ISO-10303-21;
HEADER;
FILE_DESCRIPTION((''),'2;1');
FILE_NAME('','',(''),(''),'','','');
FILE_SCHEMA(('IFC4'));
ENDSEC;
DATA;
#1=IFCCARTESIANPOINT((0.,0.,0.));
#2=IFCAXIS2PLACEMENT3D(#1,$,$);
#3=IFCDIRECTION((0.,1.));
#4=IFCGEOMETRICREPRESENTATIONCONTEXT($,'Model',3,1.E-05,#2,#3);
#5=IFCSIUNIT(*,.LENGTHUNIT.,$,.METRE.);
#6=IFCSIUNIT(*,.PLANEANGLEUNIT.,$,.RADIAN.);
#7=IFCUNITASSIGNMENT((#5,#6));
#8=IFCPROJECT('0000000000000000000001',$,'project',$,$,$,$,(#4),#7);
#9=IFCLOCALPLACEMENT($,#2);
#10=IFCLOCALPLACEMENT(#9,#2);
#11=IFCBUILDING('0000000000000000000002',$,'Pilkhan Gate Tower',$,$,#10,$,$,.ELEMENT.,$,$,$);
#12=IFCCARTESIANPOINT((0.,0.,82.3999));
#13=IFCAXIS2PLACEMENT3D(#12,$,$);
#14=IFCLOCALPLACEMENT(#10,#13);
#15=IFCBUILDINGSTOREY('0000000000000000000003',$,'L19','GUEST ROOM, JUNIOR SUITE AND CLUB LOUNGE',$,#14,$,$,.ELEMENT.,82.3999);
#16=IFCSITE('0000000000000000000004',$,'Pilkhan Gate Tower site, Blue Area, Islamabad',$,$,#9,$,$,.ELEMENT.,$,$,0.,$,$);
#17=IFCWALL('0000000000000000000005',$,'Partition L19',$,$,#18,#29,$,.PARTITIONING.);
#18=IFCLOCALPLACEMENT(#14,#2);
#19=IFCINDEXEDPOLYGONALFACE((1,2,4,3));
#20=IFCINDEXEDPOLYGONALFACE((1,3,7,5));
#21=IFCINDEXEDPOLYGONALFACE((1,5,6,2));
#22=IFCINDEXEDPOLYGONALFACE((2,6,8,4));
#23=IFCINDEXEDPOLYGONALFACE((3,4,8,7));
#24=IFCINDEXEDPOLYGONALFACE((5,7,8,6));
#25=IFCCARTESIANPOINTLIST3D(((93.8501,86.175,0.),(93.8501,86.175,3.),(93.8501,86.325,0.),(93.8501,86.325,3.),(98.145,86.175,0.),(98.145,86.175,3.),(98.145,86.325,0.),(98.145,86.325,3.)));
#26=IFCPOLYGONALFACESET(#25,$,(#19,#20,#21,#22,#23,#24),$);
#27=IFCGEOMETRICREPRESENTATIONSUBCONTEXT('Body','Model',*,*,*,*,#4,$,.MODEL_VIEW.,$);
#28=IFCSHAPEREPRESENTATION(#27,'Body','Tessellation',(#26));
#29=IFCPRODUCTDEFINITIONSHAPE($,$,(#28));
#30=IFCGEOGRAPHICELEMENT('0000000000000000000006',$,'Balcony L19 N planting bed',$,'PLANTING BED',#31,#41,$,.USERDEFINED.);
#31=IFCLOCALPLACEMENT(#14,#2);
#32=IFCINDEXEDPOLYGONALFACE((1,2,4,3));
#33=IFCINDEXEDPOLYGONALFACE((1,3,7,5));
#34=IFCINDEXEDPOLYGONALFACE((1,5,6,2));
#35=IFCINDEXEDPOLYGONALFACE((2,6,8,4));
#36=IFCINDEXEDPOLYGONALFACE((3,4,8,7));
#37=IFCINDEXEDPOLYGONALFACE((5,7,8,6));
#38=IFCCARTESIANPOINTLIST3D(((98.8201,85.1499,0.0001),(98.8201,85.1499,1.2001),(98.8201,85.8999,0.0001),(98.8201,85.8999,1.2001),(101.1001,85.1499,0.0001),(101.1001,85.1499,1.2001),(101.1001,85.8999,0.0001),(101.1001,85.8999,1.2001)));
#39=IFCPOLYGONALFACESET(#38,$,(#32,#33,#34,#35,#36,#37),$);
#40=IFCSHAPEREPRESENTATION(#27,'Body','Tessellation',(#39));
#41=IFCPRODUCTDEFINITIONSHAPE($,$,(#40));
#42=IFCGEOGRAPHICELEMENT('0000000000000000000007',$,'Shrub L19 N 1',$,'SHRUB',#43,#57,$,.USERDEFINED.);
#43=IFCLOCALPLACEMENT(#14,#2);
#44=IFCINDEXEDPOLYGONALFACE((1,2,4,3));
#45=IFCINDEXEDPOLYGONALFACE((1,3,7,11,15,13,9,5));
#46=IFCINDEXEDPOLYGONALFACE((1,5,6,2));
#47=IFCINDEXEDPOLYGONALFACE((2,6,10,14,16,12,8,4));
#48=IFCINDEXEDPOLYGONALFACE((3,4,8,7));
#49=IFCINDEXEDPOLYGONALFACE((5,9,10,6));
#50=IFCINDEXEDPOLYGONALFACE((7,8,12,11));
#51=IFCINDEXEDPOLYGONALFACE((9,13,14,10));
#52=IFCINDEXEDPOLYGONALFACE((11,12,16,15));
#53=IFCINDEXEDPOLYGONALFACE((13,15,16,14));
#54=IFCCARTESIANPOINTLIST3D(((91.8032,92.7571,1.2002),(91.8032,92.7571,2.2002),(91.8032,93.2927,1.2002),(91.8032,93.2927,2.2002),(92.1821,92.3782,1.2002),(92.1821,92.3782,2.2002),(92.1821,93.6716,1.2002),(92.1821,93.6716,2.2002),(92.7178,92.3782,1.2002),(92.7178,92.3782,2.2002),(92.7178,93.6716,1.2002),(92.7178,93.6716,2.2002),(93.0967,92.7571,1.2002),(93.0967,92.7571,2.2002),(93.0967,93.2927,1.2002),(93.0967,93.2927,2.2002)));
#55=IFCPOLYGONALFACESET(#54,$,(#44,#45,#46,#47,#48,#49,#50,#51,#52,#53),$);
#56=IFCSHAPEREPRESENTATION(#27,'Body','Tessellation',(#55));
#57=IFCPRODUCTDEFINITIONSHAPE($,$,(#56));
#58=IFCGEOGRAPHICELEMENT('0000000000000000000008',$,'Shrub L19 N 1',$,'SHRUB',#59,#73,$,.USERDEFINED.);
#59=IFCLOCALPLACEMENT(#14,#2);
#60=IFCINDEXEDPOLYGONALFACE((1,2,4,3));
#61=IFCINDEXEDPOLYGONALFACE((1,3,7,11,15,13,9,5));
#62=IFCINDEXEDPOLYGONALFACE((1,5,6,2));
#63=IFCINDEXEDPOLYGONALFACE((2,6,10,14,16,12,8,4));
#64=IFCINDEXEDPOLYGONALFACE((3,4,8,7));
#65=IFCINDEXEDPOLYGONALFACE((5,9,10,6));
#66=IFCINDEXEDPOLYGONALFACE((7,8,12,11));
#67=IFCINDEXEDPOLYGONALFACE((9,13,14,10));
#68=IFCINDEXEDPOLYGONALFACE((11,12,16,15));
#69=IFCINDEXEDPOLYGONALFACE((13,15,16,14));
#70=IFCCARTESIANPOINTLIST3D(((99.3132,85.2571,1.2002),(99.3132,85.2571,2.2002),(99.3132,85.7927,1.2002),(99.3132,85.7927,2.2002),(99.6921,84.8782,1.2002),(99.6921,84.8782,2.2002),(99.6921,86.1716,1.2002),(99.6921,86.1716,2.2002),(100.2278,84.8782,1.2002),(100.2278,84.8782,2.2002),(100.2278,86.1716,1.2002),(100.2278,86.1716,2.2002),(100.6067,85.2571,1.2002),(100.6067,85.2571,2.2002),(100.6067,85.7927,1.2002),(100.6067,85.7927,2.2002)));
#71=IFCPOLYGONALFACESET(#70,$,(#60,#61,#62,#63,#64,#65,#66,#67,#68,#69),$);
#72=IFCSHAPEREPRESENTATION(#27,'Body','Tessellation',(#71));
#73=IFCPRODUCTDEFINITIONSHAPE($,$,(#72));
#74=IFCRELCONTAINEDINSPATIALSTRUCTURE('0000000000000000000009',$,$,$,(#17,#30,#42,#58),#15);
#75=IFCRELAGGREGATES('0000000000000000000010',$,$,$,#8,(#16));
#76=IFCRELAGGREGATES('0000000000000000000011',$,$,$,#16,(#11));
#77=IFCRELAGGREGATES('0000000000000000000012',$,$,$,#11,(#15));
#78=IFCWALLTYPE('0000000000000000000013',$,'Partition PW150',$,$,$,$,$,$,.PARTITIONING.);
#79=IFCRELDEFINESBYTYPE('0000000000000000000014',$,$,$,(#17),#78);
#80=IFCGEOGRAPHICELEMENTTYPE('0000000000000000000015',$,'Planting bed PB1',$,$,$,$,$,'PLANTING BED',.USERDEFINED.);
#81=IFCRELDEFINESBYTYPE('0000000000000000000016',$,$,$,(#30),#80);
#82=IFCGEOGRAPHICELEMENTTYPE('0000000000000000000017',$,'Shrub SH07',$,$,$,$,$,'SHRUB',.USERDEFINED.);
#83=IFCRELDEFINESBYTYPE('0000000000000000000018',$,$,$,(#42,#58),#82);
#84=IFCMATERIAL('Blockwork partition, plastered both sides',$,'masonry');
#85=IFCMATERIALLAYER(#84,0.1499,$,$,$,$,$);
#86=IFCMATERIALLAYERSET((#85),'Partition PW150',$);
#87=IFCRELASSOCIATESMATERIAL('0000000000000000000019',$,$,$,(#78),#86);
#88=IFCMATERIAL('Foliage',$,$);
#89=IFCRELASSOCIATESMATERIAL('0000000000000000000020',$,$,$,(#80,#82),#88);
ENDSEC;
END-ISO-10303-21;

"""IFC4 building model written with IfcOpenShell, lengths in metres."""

from ifc_helpers import new_model, si_unit, direction, frame, frame_2d, origin, origin_2d, place, context, subcontext, project, spatial, polyline, rectangle, outline, extrude, material, layer, layer_set, material_profile, profile_set, type_object, element, save


model = new_model("IFC4")

# Units and contexts
model_context = context("Model", 3, precision=1e-05, world=origin(), true_north=direction((0.0, 1.0)))
body_context = subcontext(model_context, "Body", "Model", "MODEL_VIEW")
ifc_project = project(units=[si_unit("LENGTHUNIT", "METRE"), si_unit("PLANEANGLEUNIT", "RADIAN")], contexts=[model_context])

# Site, building, storey
site_placement = place(None, origin())
site = spatial("IfcSite", under=ifc_project, at=site_placement, Name="Pilkhan Gate Tower site, Blue Area, Islamabad", CompositionType="ELEMENT", RefElevation=0.0)
building_placement = place(site_placement, origin())
building = spatial("IfcBuilding", under=site, at=building_placement, Name="Pilkhan Gate Tower", CompositionType="ELEMENT")
storey_placement = place(building_placement, frame((0.0, 0.0, 82.3999)))
storey = spatial("IfcBuildingStorey", under=building, at=storey_placement, Name="L19", Description="GUEST ROOM, JUNIOR SUITE AND CLUB LOUNGE", CompositionType="ELEMENT", Elevation=82.3999)

# Wall
ifc_material_1 = material(Name="Blockwork partition, plastered both sides", Category="masonry")
ifc_layer_1 = layer(ifc_material_1, 0.1499)
ifc_layer_set_1 = layer_set([ifc_layer_1], Name="Partition PW150")
wall_type_1 = type_object("IfcWallType", Name="Partition PW150", PredefinedType="PARTITIONING", material=ifc_layer_set_1)
wall_1_placement = place(storey_placement, frame((93.8501, 86.25, 0.0), z_axis=(0.0, 0.0, 1.0), x_axis=(1.0, 0.0, 0.0)))
element("IfcWall", 1, at=wall_1_placement, inside=storey, type_object=wall_type_1, Name="Partition L19", PredefinedType="PARTITIONING", context=body_context, shape_type="SweptSolid", body=[
    extrude(rectangle(XDim=4.2949, YDim=0.1499, at=frame_2d((2.1475, 0.0))), origin(), (0.0, 0.0, 1.0), 3.0),
])

# Geographic elements
ifc_material_2 = material(Name="Foliage")
ifc_material_profile_1 = material_profile(ifc_material_2, rectangle(XDim=0.75, YDim=1.2, at=origin_2d()), Name="Bed 750x1200")
ifc_profile_set_1 = profile_set([ifc_material_profile_1], Name="Foliage")
geographic_element_type_1 = type_object("IfcGeographicElementType", Name="Planting bed PB1", ElementType="PLANTING BED", PredefinedType="USERDEFINED", material=ifc_profile_set_1)
geographic_element_placement = place(storey_placement, frame((98.8201, 85.5249, 0.6001), z_axis=(1.0, 0.0, 0.0), x_axis=(0.0, 1.0, 0.0)))
element("IfcGeographicElement", 2, at=geographic_element_placement, inside=storey, type_object=geographic_element_type_1, Name="Balcony L19 N planting bed", ObjectType="PLANTING BED", PredefinedType="USERDEFINED", context=body_context, shape_type="SweptSolid", body=[
    extrude(rectangle(XDim=0.75, YDim=1.2, at=origin_2d()), origin(), (0.0, 0.0, 1.0), 2.28),
])
ifc_material_profile_2 = material_profile(ifc_material_2, outline(polyline([(0.6467, 0.2678), (0.2678, 0.6467), (-0.2678, 0.6467), (-0.6467, 0.2678), (-0.6467, -0.2678), (-0.2678, -0.6467), (0.2678, -0.6467), (0.6467, -0.2678), (0.6467, 0.2678)])), Name="Shrub D1.4")
ifc_profile_set_2 = profile_set([ifc_material_profile_2], Name="Foliage")
geographic_element_type_2 = type_object("IfcGeographicElementType", Name="Shrub SH07", ElementType="SHRUB", PredefinedType="USERDEFINED", material=ifc_profile_set_2)
for number, where, z_axis, x_axis, name in (
    (3, (92.45, 93.0249, 1.2002), (0.0, 0.0, 1.0), (1.0, 0.0, 0.0), "Shrub L19 N 1"),
    (4, (99.96, 85.5249, 1.2002), (0.0, 0.0, 1.0), (1.0, 0.0, 0.0), "Shrub L19 N 1"),
):
    element("IfcGeographicElement", number, at=place(storey_placement, frame(where, z_axis=z_axis, x_axis=x_axis)), inside=storey, type_object=geographic_element_type_2, Name=name, ObjectType="SHRUB", PredefinedType="USERDEFINED", context=body_context, shape_type="SweptSolid", body=[
        extrude(outline(polyline([(0.6467, 0.2678), (0.2678, 0.6467), (-0.2678, 0.6467), (-0.6467, 0.2678), (-0.6467, -0.2678), (-0.2678, -0.6467), (0.2678, -0.6467), (0.6467, -0.2678), (0.6467, 0.2678)])), origin(), (0.0, 0.0, 1.0), 1.0),
    ])

save(model, "model.ifc")
